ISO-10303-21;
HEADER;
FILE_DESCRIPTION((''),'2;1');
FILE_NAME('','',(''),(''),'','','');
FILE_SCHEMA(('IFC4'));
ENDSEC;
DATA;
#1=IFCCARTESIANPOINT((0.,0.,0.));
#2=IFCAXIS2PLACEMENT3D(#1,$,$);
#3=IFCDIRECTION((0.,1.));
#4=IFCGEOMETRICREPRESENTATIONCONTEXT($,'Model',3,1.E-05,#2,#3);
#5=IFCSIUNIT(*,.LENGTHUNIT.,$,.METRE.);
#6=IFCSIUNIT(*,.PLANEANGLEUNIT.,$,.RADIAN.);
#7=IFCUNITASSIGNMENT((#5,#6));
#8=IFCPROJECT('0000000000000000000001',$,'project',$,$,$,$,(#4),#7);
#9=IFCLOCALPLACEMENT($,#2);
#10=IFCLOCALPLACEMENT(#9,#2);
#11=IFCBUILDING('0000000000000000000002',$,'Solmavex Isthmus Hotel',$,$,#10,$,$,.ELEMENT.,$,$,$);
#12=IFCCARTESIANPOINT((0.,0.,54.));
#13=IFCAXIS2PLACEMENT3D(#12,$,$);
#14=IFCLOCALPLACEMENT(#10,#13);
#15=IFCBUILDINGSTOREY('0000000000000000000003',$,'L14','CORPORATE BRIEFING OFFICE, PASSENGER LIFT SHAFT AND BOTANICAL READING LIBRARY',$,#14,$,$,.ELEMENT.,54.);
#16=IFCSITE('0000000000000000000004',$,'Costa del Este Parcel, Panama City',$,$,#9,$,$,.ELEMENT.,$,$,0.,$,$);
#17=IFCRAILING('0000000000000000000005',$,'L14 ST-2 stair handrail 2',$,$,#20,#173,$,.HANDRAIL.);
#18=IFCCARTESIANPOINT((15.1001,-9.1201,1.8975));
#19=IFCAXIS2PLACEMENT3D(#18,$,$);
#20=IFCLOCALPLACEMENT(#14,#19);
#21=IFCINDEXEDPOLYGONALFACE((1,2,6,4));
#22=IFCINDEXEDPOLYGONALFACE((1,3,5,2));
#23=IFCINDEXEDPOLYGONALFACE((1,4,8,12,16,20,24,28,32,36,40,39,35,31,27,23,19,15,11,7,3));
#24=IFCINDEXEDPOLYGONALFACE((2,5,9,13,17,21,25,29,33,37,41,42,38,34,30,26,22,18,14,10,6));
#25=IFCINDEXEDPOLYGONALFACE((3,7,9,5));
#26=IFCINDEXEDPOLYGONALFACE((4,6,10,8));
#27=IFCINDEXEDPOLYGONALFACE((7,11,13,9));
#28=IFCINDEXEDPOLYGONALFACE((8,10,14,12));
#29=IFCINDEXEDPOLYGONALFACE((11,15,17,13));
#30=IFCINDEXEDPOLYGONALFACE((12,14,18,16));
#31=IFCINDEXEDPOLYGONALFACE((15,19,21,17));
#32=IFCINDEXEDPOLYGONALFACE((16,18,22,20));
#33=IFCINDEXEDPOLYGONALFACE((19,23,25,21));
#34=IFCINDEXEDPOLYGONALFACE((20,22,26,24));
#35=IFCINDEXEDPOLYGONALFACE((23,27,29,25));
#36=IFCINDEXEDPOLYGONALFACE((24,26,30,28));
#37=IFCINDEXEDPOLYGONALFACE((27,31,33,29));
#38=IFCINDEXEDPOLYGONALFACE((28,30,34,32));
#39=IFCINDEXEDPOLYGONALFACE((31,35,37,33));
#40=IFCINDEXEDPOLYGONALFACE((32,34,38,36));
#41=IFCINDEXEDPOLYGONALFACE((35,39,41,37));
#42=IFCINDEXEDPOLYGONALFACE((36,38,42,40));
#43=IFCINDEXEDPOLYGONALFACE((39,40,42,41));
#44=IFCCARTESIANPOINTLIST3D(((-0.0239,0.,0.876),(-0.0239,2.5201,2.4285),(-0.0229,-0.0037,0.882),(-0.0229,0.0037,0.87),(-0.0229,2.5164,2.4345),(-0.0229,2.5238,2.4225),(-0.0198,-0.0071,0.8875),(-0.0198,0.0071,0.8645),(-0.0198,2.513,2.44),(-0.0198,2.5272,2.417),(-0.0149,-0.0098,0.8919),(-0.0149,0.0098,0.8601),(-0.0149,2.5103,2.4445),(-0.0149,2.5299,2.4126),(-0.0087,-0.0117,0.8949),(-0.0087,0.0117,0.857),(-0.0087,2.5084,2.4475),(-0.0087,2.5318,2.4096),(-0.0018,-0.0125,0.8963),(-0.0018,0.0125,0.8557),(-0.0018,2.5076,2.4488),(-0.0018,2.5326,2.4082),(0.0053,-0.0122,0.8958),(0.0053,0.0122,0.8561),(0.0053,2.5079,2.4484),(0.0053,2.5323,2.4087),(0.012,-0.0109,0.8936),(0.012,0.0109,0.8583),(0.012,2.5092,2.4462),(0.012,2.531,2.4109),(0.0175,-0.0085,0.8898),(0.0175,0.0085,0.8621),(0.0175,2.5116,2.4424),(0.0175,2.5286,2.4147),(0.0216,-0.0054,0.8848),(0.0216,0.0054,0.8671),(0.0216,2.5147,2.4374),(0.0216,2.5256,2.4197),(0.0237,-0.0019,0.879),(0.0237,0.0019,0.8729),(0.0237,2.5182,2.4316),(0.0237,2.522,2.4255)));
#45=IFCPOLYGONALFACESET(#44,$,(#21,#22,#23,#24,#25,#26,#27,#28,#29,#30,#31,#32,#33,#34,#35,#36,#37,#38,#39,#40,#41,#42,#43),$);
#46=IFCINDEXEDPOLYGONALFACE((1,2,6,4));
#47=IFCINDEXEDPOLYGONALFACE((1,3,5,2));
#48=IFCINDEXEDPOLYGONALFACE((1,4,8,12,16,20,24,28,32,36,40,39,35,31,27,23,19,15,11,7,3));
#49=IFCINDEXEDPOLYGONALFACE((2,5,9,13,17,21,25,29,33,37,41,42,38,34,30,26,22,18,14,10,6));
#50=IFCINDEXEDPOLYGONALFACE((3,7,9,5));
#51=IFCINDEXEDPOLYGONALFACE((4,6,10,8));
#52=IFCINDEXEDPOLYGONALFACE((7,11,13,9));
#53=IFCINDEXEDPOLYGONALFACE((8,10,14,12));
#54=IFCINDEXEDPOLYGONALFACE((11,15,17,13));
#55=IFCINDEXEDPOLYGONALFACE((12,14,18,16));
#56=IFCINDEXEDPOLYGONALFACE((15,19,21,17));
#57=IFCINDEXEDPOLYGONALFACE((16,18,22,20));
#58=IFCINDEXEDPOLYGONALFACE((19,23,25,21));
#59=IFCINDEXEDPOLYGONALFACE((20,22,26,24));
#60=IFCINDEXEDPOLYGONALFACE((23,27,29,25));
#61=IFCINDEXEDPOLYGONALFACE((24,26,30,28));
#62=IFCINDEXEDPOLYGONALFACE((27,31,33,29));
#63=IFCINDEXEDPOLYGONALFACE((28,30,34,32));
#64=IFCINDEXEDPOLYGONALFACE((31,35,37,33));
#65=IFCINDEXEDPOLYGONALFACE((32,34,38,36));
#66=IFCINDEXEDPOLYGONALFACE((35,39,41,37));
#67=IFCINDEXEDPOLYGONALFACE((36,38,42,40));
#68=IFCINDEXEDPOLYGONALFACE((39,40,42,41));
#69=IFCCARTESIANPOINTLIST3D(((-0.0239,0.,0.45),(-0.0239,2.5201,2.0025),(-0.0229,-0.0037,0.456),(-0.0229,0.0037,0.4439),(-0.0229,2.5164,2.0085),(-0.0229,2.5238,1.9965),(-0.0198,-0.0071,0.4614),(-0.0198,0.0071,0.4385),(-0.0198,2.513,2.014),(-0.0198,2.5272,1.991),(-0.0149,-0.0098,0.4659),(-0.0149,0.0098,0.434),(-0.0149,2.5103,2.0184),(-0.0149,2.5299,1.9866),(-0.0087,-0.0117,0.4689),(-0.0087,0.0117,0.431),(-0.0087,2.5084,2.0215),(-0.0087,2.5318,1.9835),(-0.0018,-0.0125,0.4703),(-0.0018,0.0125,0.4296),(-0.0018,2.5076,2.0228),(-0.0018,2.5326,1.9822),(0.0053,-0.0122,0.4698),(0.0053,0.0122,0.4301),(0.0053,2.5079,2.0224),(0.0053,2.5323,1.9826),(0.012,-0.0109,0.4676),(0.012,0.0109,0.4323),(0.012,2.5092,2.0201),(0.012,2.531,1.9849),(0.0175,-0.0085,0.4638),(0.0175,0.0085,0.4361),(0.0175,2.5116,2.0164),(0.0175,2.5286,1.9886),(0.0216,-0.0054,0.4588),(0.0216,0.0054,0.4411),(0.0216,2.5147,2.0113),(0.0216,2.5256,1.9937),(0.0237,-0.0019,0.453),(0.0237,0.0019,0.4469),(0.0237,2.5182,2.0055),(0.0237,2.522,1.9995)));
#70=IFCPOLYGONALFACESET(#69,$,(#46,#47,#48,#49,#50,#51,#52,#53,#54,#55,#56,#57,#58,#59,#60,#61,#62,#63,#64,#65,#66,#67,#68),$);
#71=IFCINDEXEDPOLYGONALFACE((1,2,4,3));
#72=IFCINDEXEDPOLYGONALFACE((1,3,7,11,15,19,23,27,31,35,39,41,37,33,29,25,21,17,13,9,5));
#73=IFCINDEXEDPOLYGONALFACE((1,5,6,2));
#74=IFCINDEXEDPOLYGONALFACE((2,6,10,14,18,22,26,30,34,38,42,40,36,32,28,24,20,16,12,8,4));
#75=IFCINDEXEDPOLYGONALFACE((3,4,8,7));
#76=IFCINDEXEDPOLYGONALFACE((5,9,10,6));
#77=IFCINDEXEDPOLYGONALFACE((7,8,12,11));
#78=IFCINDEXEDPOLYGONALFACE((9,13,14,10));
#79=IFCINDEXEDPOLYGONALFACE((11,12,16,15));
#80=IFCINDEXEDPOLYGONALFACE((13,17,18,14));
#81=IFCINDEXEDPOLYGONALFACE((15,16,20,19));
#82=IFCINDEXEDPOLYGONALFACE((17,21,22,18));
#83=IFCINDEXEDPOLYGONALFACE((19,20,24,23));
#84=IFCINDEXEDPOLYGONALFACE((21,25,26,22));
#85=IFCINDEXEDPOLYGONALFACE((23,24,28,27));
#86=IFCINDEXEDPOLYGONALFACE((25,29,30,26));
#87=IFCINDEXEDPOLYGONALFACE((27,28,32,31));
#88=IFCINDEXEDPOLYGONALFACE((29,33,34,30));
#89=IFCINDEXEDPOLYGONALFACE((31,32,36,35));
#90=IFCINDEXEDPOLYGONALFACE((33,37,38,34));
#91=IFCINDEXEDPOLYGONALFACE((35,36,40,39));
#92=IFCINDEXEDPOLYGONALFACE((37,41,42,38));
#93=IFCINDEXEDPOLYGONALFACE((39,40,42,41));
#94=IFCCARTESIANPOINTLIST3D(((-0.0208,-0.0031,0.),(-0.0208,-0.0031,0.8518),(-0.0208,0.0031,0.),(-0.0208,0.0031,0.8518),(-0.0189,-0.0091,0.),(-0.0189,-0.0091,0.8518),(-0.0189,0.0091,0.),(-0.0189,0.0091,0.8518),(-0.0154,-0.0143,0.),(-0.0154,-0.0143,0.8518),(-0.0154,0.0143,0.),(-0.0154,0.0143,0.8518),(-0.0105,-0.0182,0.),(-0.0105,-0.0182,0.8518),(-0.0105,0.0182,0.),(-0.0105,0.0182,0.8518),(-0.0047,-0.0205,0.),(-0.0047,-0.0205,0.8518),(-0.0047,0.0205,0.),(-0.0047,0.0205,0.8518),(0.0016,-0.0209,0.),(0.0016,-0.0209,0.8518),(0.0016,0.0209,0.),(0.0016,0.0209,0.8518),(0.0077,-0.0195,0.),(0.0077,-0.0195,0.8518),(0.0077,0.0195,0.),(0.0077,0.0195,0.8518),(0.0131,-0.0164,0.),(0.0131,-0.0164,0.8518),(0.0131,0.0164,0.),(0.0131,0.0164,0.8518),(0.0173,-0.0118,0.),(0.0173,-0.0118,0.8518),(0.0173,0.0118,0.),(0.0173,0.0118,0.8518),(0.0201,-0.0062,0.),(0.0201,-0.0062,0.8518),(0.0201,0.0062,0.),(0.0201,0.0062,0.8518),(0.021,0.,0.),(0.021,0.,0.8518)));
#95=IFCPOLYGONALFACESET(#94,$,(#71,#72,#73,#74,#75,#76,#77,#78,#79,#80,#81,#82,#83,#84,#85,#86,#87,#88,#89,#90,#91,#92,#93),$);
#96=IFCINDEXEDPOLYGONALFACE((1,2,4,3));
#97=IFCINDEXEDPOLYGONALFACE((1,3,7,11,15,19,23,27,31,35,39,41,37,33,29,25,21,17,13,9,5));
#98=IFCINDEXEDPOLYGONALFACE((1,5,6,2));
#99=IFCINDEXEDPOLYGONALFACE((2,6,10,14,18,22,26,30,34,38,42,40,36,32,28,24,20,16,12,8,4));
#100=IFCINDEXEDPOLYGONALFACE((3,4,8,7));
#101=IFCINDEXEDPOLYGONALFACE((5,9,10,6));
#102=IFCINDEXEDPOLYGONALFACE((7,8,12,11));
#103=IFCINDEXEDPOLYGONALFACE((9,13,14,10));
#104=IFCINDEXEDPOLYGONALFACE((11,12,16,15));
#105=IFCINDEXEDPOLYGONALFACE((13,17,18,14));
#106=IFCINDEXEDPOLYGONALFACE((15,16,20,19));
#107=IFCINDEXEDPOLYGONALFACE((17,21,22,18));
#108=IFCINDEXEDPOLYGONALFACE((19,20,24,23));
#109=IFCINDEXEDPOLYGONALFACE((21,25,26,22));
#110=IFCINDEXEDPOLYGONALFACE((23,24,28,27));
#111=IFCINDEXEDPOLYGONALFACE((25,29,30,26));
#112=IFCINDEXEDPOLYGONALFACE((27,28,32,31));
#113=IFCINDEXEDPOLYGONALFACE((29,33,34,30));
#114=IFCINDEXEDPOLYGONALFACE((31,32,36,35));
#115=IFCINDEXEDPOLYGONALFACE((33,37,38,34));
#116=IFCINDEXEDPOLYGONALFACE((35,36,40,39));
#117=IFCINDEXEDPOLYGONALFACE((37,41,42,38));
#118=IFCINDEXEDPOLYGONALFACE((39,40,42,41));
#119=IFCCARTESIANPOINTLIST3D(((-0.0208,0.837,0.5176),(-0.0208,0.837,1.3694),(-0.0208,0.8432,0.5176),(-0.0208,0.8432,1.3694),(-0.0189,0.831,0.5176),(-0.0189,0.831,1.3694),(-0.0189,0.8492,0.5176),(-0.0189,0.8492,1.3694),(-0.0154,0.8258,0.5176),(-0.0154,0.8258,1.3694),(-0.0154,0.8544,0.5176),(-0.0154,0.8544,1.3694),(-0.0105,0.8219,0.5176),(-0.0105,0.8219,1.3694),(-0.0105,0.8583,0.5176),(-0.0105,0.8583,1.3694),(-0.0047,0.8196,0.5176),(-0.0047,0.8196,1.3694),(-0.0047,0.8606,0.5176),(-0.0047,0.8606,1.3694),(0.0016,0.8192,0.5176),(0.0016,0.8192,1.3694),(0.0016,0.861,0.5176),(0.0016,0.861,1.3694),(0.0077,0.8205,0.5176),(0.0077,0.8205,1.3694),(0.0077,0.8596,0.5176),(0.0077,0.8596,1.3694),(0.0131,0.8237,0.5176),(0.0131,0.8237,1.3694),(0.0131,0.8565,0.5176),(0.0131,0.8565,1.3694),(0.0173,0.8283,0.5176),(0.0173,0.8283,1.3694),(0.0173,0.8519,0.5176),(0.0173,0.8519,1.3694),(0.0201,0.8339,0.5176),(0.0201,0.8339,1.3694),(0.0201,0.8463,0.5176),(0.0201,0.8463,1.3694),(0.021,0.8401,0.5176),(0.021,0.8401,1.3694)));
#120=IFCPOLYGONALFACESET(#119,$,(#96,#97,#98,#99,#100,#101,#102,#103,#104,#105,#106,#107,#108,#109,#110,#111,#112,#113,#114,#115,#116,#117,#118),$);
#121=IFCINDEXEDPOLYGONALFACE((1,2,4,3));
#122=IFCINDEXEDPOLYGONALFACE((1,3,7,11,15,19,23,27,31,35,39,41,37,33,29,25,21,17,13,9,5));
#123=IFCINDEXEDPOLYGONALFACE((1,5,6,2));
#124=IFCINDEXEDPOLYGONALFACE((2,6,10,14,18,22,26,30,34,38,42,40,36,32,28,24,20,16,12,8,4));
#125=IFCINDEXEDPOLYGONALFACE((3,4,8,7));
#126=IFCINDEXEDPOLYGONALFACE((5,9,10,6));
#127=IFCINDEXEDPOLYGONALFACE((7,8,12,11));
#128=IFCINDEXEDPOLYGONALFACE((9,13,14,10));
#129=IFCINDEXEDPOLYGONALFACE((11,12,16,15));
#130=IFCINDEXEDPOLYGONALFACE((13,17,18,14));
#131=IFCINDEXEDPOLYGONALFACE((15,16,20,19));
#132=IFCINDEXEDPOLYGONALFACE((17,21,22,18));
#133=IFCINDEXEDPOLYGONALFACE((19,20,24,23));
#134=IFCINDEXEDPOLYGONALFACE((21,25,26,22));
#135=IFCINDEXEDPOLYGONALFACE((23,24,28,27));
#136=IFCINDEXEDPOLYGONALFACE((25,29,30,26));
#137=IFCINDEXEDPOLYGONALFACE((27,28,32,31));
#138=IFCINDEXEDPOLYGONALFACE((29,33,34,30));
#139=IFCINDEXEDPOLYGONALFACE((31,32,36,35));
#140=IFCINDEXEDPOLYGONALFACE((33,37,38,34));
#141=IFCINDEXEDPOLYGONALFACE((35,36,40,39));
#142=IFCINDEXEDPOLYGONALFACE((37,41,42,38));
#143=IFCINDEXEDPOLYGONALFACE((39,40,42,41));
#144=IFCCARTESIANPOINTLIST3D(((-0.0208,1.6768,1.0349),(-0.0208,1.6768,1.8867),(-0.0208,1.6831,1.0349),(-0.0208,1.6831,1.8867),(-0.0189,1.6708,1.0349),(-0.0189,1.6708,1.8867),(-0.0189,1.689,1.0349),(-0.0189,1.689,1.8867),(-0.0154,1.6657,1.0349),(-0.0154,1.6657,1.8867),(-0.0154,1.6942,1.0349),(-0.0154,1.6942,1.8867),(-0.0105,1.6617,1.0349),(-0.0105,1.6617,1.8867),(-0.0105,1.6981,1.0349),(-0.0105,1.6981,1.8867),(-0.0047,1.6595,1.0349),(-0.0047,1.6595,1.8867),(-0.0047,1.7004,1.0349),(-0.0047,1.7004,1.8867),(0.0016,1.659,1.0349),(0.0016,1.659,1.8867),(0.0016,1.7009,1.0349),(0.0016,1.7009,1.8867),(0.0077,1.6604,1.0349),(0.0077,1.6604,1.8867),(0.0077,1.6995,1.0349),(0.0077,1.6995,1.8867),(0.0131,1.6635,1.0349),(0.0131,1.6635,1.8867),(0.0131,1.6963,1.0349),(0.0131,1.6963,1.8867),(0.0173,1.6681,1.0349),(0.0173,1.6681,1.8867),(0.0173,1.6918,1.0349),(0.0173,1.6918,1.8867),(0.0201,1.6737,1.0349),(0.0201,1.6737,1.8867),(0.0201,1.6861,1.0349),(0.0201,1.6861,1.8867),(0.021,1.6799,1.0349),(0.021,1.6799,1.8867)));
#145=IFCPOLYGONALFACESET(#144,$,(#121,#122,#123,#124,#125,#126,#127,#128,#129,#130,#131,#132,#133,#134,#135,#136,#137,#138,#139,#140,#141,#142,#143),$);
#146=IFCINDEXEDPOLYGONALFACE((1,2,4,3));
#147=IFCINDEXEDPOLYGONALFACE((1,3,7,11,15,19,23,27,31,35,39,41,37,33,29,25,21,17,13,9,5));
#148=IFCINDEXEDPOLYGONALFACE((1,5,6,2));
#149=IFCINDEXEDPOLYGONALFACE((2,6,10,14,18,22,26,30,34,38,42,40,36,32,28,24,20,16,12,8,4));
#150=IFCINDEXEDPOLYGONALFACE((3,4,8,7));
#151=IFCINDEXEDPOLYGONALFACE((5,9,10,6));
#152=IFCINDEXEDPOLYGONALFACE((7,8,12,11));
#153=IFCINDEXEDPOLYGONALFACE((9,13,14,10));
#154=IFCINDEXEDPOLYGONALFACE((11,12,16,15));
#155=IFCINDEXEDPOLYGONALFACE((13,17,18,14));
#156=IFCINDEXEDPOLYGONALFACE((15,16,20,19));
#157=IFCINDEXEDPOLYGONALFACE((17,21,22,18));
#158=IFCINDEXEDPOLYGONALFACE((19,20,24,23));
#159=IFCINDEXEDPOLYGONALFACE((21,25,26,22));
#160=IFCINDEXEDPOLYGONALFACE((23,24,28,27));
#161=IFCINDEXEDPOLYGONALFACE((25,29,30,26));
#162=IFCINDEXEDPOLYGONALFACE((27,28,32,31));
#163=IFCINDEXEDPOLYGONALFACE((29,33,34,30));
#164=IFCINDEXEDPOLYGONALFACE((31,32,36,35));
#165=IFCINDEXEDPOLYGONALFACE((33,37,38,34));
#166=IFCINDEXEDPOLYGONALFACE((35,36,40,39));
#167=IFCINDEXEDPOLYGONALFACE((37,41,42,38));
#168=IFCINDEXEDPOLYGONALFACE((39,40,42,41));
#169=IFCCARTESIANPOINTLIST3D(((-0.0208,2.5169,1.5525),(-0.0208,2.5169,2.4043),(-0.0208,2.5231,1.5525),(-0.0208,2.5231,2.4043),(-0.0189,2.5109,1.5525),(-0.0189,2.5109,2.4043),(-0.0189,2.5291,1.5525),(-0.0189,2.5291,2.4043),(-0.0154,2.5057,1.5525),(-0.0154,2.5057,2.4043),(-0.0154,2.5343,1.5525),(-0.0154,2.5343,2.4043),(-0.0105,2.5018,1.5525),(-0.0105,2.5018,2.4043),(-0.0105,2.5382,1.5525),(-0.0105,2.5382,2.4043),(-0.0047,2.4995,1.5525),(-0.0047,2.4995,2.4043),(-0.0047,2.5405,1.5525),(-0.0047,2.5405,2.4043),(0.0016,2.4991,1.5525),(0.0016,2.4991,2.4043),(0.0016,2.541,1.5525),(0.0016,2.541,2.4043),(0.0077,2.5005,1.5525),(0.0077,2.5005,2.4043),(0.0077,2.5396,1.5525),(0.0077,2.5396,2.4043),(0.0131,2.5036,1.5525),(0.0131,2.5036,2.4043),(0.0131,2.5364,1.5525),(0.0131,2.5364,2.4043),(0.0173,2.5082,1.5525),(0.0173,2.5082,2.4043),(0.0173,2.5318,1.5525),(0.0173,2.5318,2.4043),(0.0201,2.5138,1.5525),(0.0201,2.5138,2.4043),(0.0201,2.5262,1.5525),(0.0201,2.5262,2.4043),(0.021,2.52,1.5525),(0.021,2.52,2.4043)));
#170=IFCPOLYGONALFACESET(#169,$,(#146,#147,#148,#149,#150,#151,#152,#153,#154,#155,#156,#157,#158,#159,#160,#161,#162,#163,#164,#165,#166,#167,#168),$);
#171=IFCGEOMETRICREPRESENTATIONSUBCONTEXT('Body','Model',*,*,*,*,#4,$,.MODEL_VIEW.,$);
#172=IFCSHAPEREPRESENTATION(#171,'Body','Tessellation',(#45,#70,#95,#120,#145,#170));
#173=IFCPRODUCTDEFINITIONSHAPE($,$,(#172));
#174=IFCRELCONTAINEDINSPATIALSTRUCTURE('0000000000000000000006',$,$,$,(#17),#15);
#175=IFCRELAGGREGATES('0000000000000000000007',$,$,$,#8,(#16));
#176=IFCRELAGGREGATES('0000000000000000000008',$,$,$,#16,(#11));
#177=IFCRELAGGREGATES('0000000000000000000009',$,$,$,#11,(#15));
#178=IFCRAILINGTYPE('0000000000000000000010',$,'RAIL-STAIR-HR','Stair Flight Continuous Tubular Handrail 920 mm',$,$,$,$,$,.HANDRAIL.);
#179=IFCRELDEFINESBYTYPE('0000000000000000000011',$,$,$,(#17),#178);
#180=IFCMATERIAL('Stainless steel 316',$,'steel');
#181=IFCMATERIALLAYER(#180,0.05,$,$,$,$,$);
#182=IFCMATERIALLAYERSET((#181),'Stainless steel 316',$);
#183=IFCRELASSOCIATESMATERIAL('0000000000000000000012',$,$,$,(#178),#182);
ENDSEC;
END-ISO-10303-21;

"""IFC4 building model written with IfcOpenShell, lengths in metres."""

from ifc_helpers import new_model, si_unit, direction, frame, origin, origin_2d, place, context, subcontext, project, spatial, circle, extrude, material, layer, layer_set, type_object, element, save


model = new_model("IFC4")

# Units and contexts
model_context = context("Model", 3, precision=1e-05, world=origin(), true_north=direction((0.0, 1.0)))
body_context = subcontext(model_context, "Body", "Model", "MODEL_VIEW")
ifc_project = project(units=[si_unit("LENGTHUNIT", "METRE"), si_unit("PLANEANGLEUNIT", "RADIAN")], contexts=[model_context])

# Site, building, storey
site_placement = place(None, origin())
site = spatial("IfcSite", under=ifc_project, at=site_placement, Name="Costa del Este Parcel, Panama City", CompositionType="ELEMENT", RefElevation=0.0)
building_placement = place(site_placement, origin())
building = spatial("IfcBuilding", under=site, at=building_placement, Name="Solmavex Isthmus Hotel", CompositionType="ELEMENT")
storey_placement = place(building_placement, frame((0.0, 0.0, 54.0)))
storey = spatial("IfcBuildingStorey", under=building, at=storey_placement, Name="L14", Description="CORPORATE BRIEFING OFFICE, PASSENGER LIFT SHAFT AND BOTANICAL READING LIBRARY", CompositionType="ELEMENT", Elevation=54.0)

# Railing
ifc_material_1 = material(Name="Stainless steel 316", Category="steel")
ifc_layer_1 = layer(ifc_material_1, 0.05)
ifc_layer_set_1 = layer_set([ifc_layer_1], Name="Stainless steel 316")
railing_type_1 = type_object("IfcRailingType", Name="RAIL-STAIR-HR", Description="Stair Flight Continuous Tubular Handrail 920 mm", PredefinedType="HANDRAIL", material=ifc_layer_set_1)
railing_1_placement = place(storey_placement, frame((15.1001, -9.1201, 1.8975)))
element("IfcRailing", 1, at=railing_1_placement, inside=storey, type_object=railing_type_1, Name="L14 ST-2 stair handrail 2", PredefinedType="HANDRAIL", context=body_context, shape_type="SweptSolid", body=[
    extrude(circle(Radius=0.0239, at=origin_2d()), frame((0.0, 0.0, 0.876), z_axis=(0.0, 0.8514, 0.524516), x_axis=(-1.0, 0.0, 0.0)), (0.0, 0.0, 1.0), 2.96),
    extrude(circle(Radius=0.0239, at=origin_2d()), frame((0.0, 0.0, 0.45), z_axis=(0.0, 0.8514, 0.524516), x_axis=(-1.0, 0.0, 0.0)), (0.0, 0.0, 1.0), 2.96),
    extrude(circle(Radius=0.021, at=origin_2d()), origin(), (0.0, 0.0, 1.0), 0.8518),
    extrude(circle(Radius=0.021, at=origin_2d()), frame((0.0, 0.8401, 0.5176)), (0.0, 0.0, 1.0), 0.8518),
    extrude(circle(Radius=0.021, at=origin_2d()), frame((0.0, 1.6799, 1.0349)), (0.0, 0.0, 1.0), 0.8518),
    extrude(circle(Radius=0.021, at=origin_2d()), frame((0.0, 2.52, 1.5525)), (0.0, 0.0, 1.0), 0.8518),
])

save(model, "model.ifc")
